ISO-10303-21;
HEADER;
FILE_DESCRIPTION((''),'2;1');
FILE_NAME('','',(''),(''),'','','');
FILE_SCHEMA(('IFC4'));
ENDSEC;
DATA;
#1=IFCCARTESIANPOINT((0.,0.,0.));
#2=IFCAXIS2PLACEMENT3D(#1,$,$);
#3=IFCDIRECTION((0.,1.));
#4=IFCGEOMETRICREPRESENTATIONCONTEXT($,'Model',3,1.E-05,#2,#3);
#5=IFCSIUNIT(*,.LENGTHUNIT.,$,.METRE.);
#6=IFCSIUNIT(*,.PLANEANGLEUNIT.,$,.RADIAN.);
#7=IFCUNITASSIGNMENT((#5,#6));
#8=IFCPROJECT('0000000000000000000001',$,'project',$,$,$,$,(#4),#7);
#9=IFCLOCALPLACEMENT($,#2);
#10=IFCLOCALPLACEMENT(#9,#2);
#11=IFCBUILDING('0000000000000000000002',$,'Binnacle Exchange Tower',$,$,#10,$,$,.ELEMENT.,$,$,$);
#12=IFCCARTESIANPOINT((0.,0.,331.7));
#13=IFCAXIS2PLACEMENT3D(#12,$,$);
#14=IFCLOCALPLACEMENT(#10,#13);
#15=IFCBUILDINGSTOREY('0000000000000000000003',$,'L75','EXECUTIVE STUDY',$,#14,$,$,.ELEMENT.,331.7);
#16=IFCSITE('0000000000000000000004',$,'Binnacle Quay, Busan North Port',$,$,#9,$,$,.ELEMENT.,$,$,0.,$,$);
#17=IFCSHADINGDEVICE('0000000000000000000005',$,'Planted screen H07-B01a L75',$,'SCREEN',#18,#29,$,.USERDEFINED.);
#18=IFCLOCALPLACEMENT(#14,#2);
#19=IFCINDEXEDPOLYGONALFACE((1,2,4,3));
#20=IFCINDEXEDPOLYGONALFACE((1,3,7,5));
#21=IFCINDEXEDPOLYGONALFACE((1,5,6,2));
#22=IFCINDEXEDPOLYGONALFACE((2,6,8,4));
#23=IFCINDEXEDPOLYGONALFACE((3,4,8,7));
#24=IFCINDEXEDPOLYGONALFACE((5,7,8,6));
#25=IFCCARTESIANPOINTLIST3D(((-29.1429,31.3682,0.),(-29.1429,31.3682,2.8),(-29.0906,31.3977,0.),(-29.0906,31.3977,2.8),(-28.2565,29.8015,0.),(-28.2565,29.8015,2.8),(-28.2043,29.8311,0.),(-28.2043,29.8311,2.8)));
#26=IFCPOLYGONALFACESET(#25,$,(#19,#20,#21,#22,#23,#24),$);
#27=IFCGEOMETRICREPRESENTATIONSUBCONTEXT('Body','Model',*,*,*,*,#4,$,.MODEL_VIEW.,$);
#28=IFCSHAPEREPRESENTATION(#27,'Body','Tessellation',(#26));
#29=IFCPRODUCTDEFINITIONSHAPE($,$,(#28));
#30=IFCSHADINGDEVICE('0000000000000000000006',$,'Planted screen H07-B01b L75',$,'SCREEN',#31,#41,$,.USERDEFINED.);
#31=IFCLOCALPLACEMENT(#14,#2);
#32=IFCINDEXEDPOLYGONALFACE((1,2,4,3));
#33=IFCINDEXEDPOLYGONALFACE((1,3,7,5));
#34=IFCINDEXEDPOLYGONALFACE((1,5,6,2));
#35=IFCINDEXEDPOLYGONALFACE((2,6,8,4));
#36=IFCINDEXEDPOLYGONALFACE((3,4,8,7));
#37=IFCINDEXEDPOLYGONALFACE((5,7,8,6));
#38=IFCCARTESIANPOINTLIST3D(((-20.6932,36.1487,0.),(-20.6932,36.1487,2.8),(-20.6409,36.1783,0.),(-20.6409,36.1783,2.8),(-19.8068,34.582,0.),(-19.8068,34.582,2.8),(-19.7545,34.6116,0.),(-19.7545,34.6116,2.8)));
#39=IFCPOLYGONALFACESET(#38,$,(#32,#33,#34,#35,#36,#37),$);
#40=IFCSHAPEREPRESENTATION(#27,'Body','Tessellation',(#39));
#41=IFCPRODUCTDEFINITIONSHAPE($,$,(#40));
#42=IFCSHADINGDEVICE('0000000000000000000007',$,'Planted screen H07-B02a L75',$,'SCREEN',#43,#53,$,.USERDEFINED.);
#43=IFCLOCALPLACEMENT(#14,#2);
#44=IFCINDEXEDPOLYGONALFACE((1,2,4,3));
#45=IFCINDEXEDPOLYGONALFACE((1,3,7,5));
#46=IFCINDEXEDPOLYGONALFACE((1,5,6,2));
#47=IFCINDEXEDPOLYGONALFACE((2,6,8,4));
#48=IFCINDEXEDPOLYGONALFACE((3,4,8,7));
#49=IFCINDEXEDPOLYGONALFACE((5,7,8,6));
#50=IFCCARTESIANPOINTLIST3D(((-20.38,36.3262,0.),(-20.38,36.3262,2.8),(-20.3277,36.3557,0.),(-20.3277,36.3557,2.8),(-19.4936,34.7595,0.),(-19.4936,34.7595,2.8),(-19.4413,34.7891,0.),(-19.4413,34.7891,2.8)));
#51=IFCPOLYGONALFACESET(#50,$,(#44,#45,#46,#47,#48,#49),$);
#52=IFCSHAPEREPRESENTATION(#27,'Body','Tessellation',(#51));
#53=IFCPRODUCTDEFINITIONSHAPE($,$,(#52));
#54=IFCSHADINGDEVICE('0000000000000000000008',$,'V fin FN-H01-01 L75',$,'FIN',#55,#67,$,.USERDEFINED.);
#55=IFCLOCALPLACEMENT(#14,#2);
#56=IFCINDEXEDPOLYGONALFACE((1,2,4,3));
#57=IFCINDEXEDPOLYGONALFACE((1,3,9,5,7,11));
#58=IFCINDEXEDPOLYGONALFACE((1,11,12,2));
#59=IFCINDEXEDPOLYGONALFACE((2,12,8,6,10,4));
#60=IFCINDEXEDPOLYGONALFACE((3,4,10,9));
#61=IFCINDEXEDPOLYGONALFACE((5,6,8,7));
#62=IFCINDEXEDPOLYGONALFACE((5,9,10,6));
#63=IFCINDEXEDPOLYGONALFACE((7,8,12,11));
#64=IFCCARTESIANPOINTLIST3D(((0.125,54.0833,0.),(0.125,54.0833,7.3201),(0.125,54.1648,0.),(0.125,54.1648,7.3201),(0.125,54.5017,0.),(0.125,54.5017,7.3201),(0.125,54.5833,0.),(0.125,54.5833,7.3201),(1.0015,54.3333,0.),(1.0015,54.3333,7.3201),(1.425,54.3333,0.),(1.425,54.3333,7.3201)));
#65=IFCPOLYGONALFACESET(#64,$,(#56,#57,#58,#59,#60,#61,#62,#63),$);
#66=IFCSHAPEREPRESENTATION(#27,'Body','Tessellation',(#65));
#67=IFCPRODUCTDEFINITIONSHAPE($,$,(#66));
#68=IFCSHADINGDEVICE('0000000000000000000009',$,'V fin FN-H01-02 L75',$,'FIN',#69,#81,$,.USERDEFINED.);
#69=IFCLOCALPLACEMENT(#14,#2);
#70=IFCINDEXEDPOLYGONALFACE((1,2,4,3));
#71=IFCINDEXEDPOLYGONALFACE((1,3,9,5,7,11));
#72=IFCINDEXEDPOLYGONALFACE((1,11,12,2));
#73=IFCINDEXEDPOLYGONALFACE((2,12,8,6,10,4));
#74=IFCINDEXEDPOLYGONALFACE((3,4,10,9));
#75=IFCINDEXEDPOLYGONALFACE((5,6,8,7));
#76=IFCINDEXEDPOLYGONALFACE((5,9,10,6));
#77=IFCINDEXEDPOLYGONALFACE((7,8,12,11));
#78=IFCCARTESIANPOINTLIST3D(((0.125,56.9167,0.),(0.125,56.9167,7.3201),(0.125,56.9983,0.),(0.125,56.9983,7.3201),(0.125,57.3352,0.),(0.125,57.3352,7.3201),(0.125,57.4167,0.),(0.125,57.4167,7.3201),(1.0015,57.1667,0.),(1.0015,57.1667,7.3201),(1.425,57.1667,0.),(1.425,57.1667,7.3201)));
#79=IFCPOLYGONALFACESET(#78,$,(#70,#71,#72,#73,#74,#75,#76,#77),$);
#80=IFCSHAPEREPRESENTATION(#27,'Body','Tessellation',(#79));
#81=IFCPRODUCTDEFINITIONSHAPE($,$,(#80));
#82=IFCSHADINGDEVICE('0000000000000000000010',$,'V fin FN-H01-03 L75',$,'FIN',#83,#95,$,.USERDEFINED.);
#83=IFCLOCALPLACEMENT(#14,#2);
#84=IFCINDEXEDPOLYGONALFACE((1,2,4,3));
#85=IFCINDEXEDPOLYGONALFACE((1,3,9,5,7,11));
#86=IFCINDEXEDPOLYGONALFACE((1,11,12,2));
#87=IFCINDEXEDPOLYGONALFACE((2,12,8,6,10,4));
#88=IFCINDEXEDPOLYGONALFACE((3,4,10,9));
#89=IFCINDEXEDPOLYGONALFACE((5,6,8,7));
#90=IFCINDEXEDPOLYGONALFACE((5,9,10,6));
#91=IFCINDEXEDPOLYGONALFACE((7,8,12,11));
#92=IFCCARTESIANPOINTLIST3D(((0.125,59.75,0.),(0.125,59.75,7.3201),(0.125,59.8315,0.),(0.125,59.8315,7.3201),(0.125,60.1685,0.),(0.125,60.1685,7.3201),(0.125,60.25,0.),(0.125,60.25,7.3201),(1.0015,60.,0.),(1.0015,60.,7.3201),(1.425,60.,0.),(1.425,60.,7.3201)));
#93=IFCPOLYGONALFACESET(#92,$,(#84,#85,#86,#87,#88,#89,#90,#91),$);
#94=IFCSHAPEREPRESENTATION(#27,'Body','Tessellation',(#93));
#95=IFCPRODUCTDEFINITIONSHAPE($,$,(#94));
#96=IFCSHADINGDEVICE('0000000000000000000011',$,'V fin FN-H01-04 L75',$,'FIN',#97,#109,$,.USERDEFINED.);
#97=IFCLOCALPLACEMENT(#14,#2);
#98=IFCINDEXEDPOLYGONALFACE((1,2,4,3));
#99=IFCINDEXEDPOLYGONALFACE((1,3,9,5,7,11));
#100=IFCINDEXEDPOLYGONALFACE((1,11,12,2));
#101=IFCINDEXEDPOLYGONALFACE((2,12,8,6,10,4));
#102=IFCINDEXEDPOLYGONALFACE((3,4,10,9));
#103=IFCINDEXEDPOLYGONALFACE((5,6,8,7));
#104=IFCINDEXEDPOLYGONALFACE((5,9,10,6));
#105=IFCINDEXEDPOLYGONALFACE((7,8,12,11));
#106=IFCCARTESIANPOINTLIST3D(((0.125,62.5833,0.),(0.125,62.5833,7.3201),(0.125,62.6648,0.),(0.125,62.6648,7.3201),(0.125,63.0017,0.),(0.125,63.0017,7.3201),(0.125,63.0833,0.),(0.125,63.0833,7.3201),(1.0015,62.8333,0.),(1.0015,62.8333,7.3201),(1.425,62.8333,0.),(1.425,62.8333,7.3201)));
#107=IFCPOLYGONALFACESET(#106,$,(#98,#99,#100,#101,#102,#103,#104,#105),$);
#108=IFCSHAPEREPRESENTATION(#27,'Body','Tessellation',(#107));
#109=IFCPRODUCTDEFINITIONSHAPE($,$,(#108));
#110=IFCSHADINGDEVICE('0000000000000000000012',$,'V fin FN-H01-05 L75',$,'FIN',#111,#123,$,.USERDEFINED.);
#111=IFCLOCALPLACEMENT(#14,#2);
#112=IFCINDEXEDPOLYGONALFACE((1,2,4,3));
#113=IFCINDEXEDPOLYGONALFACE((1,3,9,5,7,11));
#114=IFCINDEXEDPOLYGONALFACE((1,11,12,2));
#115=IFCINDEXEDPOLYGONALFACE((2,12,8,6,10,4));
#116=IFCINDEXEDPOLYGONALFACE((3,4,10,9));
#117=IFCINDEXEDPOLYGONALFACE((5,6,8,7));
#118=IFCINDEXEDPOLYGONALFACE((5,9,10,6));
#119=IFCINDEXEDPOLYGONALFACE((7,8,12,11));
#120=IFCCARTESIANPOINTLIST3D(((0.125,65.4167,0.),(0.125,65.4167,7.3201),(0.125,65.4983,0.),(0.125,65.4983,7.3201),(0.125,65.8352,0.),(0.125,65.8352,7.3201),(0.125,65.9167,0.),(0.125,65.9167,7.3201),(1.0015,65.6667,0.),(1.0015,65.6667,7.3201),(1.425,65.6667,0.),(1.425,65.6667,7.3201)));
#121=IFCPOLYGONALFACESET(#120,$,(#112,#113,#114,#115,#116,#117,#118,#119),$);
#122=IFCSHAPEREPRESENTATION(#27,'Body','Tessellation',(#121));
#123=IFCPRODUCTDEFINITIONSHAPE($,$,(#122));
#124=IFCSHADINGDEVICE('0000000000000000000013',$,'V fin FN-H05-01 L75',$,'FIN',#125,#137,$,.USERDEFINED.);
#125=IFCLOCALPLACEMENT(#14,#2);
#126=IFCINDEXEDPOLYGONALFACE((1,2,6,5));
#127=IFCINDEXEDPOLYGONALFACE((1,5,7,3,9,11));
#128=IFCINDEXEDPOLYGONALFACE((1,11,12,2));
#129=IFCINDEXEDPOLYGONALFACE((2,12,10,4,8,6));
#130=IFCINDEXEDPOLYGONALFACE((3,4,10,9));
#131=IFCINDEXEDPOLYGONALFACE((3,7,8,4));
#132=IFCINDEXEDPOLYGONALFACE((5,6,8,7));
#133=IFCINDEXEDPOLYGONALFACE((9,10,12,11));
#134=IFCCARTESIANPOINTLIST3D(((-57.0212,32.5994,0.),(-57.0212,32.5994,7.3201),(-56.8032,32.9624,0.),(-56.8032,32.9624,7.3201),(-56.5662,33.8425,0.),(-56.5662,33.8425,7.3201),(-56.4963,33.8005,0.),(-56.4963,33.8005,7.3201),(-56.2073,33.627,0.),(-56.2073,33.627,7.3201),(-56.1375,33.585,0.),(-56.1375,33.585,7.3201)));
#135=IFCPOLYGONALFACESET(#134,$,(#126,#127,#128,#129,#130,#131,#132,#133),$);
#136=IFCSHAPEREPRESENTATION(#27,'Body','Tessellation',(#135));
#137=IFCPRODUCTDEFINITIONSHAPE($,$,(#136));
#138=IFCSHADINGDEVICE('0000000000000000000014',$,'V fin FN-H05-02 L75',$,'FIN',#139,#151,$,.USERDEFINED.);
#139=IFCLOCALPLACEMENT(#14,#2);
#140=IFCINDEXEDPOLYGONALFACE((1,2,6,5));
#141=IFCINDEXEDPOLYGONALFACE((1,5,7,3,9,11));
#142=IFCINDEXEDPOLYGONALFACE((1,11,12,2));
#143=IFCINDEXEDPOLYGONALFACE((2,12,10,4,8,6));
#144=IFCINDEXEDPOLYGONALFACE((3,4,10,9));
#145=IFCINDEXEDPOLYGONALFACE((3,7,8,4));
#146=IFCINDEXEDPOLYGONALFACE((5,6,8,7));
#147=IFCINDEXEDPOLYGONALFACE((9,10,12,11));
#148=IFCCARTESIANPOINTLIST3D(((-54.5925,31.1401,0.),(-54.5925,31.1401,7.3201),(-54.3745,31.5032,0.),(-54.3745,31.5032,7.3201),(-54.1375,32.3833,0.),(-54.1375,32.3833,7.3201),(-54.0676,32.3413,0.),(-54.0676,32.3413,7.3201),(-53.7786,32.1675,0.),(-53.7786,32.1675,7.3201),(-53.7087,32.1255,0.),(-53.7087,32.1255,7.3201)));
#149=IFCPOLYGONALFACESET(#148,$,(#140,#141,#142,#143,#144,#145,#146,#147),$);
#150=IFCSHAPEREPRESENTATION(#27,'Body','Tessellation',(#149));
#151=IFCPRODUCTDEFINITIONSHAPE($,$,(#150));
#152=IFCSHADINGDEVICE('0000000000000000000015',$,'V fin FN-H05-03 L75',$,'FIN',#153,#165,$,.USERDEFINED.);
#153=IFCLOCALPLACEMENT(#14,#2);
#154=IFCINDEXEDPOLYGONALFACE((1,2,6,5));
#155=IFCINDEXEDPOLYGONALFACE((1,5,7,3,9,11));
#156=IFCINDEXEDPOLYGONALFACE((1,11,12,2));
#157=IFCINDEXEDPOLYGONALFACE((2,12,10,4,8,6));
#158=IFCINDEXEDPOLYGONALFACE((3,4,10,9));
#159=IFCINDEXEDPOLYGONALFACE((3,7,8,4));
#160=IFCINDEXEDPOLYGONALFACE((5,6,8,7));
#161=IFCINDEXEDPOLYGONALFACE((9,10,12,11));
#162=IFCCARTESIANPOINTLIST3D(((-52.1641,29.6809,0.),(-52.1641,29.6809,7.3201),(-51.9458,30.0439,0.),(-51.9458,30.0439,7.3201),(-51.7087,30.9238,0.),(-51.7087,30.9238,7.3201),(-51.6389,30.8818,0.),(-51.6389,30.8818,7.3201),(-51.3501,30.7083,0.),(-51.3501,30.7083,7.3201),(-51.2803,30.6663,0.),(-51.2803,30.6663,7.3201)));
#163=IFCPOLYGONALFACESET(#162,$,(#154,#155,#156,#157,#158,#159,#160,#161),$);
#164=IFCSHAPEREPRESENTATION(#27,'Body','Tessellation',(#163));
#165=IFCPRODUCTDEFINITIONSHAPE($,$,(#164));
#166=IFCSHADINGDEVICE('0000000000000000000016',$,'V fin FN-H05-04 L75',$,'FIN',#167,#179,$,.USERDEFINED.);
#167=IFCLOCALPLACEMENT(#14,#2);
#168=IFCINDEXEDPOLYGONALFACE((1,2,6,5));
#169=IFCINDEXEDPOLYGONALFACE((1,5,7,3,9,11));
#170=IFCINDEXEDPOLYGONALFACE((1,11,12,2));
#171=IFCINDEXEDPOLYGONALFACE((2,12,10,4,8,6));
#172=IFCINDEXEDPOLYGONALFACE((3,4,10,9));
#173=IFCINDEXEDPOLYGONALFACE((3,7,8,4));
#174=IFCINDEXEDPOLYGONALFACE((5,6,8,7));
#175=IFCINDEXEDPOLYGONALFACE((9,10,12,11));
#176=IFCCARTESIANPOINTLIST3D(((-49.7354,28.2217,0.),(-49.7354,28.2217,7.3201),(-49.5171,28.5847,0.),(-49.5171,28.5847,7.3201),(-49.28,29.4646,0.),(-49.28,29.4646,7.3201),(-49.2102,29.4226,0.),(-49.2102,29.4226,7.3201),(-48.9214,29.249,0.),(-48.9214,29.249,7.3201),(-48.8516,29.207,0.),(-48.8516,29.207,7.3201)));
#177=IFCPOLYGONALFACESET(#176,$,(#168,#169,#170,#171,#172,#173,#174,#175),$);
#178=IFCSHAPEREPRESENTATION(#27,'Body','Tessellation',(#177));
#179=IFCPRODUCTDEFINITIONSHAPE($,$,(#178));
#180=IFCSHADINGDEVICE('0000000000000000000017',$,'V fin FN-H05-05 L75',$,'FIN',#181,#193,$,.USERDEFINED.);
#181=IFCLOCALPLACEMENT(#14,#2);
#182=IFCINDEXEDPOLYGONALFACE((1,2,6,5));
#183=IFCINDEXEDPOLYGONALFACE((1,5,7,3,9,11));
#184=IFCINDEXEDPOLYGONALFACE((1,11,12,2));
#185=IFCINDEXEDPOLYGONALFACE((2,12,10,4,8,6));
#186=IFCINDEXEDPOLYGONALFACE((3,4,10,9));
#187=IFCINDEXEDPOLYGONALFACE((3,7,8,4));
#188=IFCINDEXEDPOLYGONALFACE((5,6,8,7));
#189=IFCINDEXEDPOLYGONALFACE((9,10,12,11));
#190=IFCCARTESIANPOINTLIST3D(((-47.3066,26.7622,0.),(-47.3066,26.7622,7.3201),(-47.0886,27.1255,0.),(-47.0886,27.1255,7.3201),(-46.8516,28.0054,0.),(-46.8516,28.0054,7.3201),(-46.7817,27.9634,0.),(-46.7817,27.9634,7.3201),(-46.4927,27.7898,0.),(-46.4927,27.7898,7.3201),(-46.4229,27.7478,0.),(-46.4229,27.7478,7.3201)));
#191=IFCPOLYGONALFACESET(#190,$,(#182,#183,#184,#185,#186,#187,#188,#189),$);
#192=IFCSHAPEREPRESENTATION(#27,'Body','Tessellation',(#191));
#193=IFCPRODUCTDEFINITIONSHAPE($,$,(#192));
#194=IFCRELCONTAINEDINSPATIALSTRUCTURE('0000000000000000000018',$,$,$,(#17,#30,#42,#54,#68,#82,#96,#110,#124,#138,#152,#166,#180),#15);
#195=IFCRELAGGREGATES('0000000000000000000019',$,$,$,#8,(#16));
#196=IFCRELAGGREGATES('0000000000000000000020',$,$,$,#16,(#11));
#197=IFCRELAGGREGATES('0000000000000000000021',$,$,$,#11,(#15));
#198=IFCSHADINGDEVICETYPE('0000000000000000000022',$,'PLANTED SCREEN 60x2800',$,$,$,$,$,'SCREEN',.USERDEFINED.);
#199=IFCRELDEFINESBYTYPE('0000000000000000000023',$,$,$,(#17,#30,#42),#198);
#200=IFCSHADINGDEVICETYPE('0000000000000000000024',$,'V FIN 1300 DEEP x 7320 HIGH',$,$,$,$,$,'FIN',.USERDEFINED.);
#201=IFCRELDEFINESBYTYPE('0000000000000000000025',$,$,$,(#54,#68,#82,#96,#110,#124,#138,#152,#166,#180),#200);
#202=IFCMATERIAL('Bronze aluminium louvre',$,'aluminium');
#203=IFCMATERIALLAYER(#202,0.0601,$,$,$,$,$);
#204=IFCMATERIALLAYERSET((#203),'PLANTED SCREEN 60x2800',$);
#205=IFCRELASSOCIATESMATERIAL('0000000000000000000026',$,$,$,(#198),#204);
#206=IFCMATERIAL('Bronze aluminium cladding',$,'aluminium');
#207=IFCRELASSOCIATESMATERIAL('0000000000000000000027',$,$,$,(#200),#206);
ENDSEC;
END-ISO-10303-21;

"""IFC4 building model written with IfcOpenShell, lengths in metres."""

from ifc_helpers import new_model, si_unit, direction, frame, origin, origin_2d, place, context, subcontext, project, spatial, polyline, rectangle, outline, extrude, material, layer, layer_set, type_object, element, save


model = new_model("IFC4")

# Units and contexts
model_context = context("Model", 3, precision=1e-05, world=origin(), true_north=direction((0.0, 1.0)))
body_context = subcontext(model_context, "Body", "Model", "MODEL_VIEW")
ifc_project = project(units=[si_unit("LENGTHUNIT", "METRE"), si_unit("PLANEANGLEUNIT", "RADIAN")], contexts=[model_context])

# Site, building, storey
site_placement = place(None, origin())
site = spatial("IfcSite", under=ifc_project, at=site_placement, Name="Binnacle Quay, Busan North Port", CompositionType="ELEMENT", RefElevation=0.0)
building_placement = place(site_placement, origin())
building = spatial("IfcBuilding", under=site, at=building_placement, Name="Binnacle Exchange Tower", CompositionType="ELEMENT")
storey_placement = place(building_placement, frame((0.0, 0.0, 331.7)))
storey = spatial("IfcBuildingStorey", under=building, at=storey_placement, Name="L75", Description="EXECUTIVE STUDY", CompositionType="ELEMENT", Elevation=331.7)

# Shading devices
ifc_material_1 = material(Name="Bronze aluminium louvre", Category="aluminium")
ifc_layer_1 = layer(ifc_material_1, 0.0601)
ifc_layer_set_1 = layer_set([ifc_layer_1], Name="PLANTED SCREEN 60x2800")
shading_device_type_1 = type_object("IfcShadingDeviceType", Name="PLANTED SCREEN 60x2800", ElementType="SCREEN", PredefinedType="USERDEFINED", material=ifc_layer_set_1)
for number, where, z_axis, x_axis, name in (
    (1, (-28.6736, 30.5996, 0.0), (0.0, 0.0, 1.0), (0.870356, 0.492424, 0.0), "Planted screen H07-B01a L75"),
    (2, (-20.2239, 35.3801, 0.0), (0.0, 0.0, 1.0), (0.870356, 0.492424, 0.0), "Planted screen H07-B01b L75"),
    (3, (-19.9106, 35.5576, 0.0), (0.0, 0.0, 1.0), (0.870356, 0.492424, 0.0), "Planted screen H07-B02a L75"),
):
    element("IfcShadingDevice", number, at=place(storey_placement, frame(where, z_axis=z_axis, x_axis=x_axis)), inside=storey, type_object=shading_device_type_1, Name=name, ObjectType="SCREEN", PredefinedType="USERDEFINED", context=body_context, shape_type="SweptSolid", body=[
        extrude(rectangle(XDim=0.0601, YDim=1.8, at=origin_2d()), origin(), (0.0, 0.0, 1.0), 2.8),
    ])
ifc_material_2 = material(Name="Bronze aluminium cladding", Category="aluminium")
shading_device_type_2 = type_object("IfcShadingDeviceType", Name="V FIN 1300 DEEP x 7320 HIGH", ElementType="FIN", PredefinedType="USERDEFINED", material=ifc_material_2)
shading_device_1_placement = place(storey_placement, origin())
element("IfcShadingDevice", 4, at=shading_device_1_placement, inside=storey, type_object=shading_device_type_2, Name="V fin FN-H01-01 L75", ObjectType="FIN", PredefinedType="USERDEFINED", context=body_context, shape_type="SweptSolid", body=[
    extrude(outline(polyline([(0.125, 54.0833), (1.425, 54.3333), (0.125, 54.5833), (0.125, 54.5017), (1.0015, 54.3333), (0.125, 54.1648), (0.125, 54.0833)])), origin(), (0.0, 0.0, 1.0), 7.3201),
])
shading_device_2_placement = place(storey_placement, origin())
element("IfcShadingDevice", 5, at=shading_device_2_placement, inside=storey, type_object=shading_device_type_2, Name="V fin FN-H01-02 L75", ObjectType="FIN", PredefinedType="USERDEFINED", context=body_context, shape_type="SweptSolid", body=[
    extrude(outline(polyline([(0.125, 56.9167), (1.425, 57.1667), (0.125, 57.4167), (0.125, 57.3352), (1.0015, 57.1667), (0.125, 56.9983), (0.125, 56.9167)])), origin(), (0.0, 0.0, 1.0), 7.3201),
])
shading_device_3_placement = place(storey_placement, origin())
element("IfcShadingDevice", 6, at=shading_device_3_placement, inside=storey, type_object=shading_device_type_2, Name="V fin FN-H01-03 L75", ObjectType="FIN", PredefinedType="USERDEFINED", context=body_context, shape_type="SweptSolid", body=[
    extrude(outline(polyline([(0.125, 59.75), (1.425, 60.0), (0.125, 60.25), (0.125, 60.1685), (1.0015, 60.0), (0.125, 59.8315), (0.125, 59.75)])), origin(), (0.0, 0.0, 1.0), 7.3201),
])
shading_device_4_placement = place(storey_placement, origin())
element("IfcShadingDevice", 7, at=shading_device_4_placement, inside=storey, type_object=shading_device_type_2, Name="V fin FN-H01-04 L75", ObjectType="FIN", PredefinedType="USERDEFINED", context=body_context, shape_type="SweptSolid", body=[
    extrude(outline(polyline([(0.125, 62.5833), (1.425, 62.8333), (0.125, 63.0833), (0.125, 63.0017), (1.0015, 62.8333), (0.125, 62.6648), (0.125, 62.5833)])), origin(), (0.0, 0.0, 1.0), 7.3201),
])
shading_device_5_placement = place(storey_placement, origin())
element("IfcShadingDevice", 8, at=shading_device_5_placement, inside=storey, type_object=shading_device_type_2, Name="V fin FN-H01-05 L75", ObjectType="FIN", PredefinedType="USERDEFINED", context=body_context, shape_type="SweptSolid", body=[
    extrude(outline(polyline([(0.125, 65.4167), (1.425, 65.6667), (0.125, 65.9167), (0.125, 65.8352), (1.0015, 65.6667), (0.125, 65.4983), (0.125, 65.4167)])), origin(), (0.0, 0.0, 1.0), 7.3201),
])
shading_device_6_placement = place(storey_placement, origin())
element("IfcShadingDevice", 9, at=shading_device_6_placement, inside=storey, type_object=shading_device_type_2, Name="V fin FN-H05-01 L75", ObjectType="FIN", PredefinedType="USERDEFINED", context=body_context, shape_type="SweptSolid", body=[
    extrude(outline(polyline([(-56.5662, 33.8425), (-57.0212, 32.5994), (-56.1375, 33.585), (-56.2073, 33.627), (-56.8032, 32.9624), (-56.4963, 33.8005), (-56.5662, 33.8425)])), origin(), (0.0, 0.0, 1.0), 7.3201),
])
shading_device_7_placement = place(storey_placement, origin())
element("IfcShadingDevice", 10, at=shading_device_7_placement, inside=storey, type_object=shading_device_type_2, Name="V fin FN-H05-02 L75", ObjectType="FIN", PredefinedType="USERDEFINED", context=body_context, shape_type="SweptSolid", body=[
    extrude(outline(polyline([(-54.1375, 32.3833), (-54.5925, 31.1401), (-53.7087, 32.1255), (-53.7786, 32.1675), (-54.3745, 31.5032), (-54.0676, 32.3413), (-54.1375, 32.3833)])), origin(), (0.0, 0.0, 1.0), 7.3201),
])
shading_device_8_placement = place(storey_placement, origin())
element("IfcShadingDevice", 11, at=shading_device_8_placement, inside=storey, type_object=shading_device_type_2, Name="V fin FN-H05-03 L75", ObjectType="FIN", PredefinedType="USERDEFINED", context=body_context, shape_type="SweptSolid", body=[
    extrude(outline(polyline([(-51.7087, 30.9238), (-52.1641, 29.6809), (-51.2803, 30.6663), (-51.3501, 30.7083), (-51.9458, 30.0439), (-51.6389, 30.8818), (-51.7087, 30.9238)])), origin(), (0.0, 0.0, 1.0), 7.3201),
])
shading_device_9_placement = place(storey_placement, origin())
element("IfcShadingDevice", 12, at=shading_device_9_placement, inside=storey, type_object=shading_device_type_2, Name="V fin FN-H05-04 L75", ObjectType="FIN", PredefinedType="USERDEFINED", context=body_context, shape_type="SweptSolid", body=[
    extrude(outline(polyline([(-49.28, 29.4646), (-49.7354, 28.2217), (-48.8516, 29.207), (-48.9214, 29.249), (-49.5171, 28.5847), (-49.2102, 29.4226), (-49.28, 29.4646)])), origin(), (0.0, 0.0, 1.0), 7.3201),
])
shading_device_10_placement = place(storey_placement, origin())
element("IfcShadingDevice", 13, at=shading_device_10_placement, inside=storey, type_object=shading_device_type_2, Name="V fin FN-H05-05 L75", ObjectType="FIN", PredefinedType="USERDEFINED", context=body_context, shape_type="SweptSolid", body=[
    extrude(outline(polyline([(-46.8516, 28.0054), (-47.3066, 26.7622), (-46.4229, 27.7478), (-46.4927, 27.7898), (-47.0886, 27.1255), (-46.7817, 27.9634), (-46.8516, 28.0054)])), origin(), (0.0, 0.0, 1.0), 7.3201),
])

save(model, "model.ifc")
